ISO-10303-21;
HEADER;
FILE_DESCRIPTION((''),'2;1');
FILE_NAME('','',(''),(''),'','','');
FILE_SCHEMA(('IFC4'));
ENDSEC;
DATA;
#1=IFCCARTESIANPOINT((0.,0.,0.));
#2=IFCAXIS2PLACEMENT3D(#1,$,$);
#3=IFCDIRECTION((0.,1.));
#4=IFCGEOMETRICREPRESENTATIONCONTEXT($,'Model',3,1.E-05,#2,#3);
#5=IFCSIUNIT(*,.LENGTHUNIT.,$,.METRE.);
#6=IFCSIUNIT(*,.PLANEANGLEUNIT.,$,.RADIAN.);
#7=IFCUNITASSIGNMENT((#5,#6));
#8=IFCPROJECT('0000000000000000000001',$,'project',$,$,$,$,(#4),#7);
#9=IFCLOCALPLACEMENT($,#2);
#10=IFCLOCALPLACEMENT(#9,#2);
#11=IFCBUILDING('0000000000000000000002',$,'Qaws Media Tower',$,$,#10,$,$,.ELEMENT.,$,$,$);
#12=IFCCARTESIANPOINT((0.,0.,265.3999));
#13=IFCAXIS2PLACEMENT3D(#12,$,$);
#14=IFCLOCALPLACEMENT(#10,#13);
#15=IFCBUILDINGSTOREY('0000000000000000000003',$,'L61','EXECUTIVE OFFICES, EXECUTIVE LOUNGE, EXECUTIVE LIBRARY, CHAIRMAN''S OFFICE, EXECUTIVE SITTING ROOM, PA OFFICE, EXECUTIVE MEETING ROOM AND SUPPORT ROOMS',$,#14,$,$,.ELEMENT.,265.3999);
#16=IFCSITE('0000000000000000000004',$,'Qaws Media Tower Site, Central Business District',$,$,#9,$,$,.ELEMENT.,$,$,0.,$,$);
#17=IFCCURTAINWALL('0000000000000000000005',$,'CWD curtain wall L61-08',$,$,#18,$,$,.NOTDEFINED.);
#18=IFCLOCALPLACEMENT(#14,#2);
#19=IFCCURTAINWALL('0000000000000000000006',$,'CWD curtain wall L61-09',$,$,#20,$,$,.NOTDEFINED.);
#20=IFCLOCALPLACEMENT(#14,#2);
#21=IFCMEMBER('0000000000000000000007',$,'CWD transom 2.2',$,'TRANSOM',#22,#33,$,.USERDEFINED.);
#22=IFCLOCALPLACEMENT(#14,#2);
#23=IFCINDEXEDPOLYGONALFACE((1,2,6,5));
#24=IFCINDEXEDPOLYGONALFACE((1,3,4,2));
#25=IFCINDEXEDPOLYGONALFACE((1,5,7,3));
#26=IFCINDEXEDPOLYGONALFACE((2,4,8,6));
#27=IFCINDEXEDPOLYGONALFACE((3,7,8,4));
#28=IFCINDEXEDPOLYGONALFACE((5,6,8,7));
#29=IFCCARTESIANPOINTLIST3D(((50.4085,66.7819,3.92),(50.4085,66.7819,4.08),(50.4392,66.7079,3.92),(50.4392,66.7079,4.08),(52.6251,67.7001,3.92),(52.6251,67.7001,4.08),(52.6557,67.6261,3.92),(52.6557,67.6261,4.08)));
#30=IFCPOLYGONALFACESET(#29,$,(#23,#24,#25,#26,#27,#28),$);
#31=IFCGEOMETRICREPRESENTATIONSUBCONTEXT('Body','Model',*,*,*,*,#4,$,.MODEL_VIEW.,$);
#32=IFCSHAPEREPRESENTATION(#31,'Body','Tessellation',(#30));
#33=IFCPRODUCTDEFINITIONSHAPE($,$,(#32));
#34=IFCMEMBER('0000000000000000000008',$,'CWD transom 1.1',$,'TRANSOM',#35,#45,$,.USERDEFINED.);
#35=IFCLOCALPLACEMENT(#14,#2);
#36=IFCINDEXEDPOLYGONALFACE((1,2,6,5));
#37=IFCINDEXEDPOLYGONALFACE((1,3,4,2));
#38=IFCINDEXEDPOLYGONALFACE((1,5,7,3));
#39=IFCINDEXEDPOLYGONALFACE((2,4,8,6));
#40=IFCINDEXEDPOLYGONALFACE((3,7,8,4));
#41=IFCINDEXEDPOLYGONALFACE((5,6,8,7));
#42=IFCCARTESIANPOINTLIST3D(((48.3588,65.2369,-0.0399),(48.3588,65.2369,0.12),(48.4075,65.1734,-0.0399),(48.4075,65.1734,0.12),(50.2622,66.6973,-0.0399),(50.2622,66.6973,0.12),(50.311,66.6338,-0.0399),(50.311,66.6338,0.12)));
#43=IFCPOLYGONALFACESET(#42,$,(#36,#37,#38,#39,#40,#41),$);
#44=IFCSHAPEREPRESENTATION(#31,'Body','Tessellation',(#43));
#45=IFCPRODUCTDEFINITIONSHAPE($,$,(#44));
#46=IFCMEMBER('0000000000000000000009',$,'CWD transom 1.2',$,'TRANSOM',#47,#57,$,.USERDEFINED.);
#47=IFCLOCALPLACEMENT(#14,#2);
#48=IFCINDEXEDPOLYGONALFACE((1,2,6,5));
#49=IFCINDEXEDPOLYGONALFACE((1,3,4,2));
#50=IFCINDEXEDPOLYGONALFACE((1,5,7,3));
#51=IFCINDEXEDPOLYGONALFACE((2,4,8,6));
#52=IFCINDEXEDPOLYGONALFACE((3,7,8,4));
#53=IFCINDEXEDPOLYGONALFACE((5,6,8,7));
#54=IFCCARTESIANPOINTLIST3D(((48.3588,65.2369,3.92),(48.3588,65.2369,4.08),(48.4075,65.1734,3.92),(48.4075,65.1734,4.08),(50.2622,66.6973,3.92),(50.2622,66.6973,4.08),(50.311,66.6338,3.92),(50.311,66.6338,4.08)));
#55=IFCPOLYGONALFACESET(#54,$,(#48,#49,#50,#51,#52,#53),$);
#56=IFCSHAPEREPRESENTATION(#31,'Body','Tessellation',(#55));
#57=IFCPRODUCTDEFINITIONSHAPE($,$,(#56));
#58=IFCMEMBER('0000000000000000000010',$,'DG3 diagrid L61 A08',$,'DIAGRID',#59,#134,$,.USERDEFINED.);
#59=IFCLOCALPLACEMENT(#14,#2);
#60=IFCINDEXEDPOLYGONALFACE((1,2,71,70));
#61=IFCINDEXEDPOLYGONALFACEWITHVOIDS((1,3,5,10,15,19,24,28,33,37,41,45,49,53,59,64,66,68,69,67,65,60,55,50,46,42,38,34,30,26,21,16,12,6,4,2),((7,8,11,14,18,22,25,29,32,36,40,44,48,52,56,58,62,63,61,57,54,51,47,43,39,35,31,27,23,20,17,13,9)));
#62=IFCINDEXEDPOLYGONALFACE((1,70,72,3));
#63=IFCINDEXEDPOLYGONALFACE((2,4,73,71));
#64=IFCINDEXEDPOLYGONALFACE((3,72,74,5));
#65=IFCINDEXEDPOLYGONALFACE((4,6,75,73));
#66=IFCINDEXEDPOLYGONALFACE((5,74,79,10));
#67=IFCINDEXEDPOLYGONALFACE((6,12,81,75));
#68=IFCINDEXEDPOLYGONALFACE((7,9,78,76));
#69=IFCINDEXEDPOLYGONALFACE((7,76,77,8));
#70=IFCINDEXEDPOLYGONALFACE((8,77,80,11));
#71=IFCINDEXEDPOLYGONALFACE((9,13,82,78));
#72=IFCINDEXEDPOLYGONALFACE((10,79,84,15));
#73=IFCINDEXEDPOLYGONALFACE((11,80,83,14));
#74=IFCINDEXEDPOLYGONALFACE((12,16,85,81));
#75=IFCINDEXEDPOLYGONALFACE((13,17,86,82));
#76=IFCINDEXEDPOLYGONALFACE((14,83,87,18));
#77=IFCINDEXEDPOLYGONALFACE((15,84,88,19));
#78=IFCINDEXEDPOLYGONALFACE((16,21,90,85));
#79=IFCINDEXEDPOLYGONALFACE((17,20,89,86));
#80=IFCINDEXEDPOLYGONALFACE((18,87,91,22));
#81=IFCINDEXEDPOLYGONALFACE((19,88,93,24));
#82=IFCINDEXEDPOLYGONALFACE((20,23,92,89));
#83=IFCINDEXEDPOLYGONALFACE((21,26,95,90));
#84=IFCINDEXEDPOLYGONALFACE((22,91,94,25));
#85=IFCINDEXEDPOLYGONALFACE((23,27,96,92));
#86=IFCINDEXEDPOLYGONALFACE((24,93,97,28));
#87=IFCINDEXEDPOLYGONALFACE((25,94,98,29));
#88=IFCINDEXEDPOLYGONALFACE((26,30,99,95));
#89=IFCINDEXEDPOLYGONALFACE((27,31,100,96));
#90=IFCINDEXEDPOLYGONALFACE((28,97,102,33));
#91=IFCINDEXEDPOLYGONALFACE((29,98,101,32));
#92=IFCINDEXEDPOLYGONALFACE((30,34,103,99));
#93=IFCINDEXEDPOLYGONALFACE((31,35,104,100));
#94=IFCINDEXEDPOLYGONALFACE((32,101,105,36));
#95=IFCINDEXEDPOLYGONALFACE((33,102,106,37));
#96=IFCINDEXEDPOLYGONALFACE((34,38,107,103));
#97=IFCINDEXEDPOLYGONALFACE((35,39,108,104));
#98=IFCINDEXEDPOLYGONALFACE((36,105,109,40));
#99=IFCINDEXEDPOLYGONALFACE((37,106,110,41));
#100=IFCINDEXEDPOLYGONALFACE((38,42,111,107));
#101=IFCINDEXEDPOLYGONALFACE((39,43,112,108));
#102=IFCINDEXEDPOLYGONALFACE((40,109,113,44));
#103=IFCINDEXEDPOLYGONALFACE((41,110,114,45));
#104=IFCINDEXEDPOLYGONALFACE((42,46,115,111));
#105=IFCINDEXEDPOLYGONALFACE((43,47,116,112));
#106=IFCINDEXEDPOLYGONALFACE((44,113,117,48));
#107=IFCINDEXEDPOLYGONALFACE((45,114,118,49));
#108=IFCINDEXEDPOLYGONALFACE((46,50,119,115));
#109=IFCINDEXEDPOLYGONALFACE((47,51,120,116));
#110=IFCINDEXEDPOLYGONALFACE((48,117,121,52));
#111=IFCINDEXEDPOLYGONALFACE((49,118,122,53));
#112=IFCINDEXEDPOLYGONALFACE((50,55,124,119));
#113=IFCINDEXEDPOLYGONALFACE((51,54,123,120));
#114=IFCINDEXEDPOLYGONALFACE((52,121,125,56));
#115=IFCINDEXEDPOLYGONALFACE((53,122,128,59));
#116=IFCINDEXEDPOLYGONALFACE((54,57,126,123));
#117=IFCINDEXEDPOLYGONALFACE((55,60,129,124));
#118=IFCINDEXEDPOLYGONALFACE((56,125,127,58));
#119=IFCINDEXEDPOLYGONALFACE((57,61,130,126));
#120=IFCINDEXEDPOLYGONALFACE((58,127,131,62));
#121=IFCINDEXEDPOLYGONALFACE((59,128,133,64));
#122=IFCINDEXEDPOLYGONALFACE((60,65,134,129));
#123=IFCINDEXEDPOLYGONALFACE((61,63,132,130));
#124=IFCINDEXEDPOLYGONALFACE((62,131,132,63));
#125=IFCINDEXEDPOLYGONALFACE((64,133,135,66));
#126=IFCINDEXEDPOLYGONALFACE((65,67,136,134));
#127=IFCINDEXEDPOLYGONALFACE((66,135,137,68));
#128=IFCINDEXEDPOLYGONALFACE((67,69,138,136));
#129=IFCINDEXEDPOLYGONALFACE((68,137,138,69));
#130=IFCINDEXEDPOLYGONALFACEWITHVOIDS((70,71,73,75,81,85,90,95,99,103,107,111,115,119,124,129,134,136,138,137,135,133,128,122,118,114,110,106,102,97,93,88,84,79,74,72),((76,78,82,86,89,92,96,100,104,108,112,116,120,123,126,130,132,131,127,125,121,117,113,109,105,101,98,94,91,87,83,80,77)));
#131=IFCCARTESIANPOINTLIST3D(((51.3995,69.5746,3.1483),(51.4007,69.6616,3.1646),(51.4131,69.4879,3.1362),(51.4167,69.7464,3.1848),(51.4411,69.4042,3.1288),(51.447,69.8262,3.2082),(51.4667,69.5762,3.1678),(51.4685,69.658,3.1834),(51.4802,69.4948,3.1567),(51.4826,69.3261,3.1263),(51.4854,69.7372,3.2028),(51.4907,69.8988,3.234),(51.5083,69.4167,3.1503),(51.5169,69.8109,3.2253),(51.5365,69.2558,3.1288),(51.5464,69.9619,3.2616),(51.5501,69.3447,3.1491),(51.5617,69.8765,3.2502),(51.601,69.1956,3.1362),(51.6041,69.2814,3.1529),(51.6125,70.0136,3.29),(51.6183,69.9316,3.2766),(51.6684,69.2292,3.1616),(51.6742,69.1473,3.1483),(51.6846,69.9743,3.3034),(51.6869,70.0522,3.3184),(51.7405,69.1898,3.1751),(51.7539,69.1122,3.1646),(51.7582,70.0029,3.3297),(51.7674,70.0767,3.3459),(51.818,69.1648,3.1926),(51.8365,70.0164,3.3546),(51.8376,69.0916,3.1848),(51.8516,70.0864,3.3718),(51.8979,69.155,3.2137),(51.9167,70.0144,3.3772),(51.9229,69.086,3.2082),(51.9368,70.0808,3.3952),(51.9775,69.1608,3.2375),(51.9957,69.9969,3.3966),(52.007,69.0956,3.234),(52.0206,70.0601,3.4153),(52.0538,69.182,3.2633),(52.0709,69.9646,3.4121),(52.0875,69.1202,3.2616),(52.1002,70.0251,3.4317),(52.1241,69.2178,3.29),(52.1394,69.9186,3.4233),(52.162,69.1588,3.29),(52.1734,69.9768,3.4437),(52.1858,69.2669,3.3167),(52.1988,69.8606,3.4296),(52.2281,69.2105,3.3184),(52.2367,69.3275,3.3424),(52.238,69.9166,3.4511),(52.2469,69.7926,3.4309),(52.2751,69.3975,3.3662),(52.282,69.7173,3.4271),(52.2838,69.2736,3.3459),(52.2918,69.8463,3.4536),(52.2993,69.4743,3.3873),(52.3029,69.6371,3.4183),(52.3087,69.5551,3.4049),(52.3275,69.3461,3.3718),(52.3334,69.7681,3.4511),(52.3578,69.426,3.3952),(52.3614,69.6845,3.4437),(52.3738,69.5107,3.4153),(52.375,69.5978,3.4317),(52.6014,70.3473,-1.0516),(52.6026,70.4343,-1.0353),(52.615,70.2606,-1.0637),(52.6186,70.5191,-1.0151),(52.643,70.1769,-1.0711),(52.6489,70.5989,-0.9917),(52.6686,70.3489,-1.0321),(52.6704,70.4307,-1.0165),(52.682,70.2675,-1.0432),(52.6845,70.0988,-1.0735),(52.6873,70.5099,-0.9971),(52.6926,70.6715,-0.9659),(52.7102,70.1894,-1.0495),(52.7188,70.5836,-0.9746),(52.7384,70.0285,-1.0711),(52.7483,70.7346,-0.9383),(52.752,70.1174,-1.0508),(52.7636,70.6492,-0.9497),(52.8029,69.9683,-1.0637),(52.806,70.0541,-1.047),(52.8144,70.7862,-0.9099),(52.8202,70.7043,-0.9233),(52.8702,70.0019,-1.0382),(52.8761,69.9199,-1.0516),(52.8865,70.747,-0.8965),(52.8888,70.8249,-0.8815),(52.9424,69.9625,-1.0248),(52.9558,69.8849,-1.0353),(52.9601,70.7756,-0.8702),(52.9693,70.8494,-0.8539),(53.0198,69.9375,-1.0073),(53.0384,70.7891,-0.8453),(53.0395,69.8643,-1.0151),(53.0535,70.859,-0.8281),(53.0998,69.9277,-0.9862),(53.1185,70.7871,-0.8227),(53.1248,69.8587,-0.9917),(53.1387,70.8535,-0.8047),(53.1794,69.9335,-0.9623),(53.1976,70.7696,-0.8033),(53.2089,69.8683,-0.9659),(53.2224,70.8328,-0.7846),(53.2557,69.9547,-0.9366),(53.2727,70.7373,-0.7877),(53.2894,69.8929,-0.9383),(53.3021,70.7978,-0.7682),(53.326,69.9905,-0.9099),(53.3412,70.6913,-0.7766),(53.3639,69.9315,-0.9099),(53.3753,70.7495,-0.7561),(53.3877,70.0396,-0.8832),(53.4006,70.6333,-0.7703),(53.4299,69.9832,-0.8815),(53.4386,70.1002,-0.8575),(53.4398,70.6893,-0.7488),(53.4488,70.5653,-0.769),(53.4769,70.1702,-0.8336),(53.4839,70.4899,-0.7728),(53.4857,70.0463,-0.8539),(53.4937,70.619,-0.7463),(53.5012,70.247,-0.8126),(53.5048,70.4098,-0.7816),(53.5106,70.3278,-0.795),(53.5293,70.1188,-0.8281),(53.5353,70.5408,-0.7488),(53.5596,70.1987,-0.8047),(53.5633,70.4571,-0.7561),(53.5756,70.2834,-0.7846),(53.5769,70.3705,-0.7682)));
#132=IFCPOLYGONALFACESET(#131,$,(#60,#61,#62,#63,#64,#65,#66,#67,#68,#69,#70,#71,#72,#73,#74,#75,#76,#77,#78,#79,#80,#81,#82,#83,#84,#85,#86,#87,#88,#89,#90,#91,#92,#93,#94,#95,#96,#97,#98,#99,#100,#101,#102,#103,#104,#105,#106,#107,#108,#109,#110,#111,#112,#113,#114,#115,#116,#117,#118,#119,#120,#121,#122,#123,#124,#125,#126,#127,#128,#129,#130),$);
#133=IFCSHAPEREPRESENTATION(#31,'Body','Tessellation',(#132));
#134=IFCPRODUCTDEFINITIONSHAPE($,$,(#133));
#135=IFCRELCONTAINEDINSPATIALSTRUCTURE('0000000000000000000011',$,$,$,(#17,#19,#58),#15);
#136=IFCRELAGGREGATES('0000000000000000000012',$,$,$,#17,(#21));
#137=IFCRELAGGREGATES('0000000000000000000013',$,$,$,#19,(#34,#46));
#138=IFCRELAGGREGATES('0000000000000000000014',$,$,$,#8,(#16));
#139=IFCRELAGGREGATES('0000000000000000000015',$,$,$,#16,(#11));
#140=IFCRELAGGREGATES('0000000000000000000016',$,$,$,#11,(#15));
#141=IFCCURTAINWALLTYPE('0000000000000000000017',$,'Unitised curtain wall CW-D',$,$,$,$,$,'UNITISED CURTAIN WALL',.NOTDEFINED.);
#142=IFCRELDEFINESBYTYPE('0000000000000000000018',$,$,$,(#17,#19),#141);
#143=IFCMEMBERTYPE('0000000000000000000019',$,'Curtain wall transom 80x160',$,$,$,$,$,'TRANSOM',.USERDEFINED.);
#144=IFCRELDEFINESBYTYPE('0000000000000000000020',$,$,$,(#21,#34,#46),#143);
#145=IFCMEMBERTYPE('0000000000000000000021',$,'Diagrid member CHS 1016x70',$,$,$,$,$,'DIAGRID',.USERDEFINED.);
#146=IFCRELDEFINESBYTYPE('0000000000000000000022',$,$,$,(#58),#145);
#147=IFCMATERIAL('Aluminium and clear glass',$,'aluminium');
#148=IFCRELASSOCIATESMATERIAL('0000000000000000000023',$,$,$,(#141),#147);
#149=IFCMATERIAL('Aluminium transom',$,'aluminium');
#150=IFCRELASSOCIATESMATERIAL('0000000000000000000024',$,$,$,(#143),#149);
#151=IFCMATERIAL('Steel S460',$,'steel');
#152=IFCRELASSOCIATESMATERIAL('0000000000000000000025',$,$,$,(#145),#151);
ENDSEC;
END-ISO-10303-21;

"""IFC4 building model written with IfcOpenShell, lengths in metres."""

from ifc_helpers import new_model, si_unit, direction, frame, origin, origin_2d, place, context, subcontext, project, spatial, rectangle, hollow_circle, extrude, material, material_profile, profile_set, type_object, element, aggregate, save


model = new_model("IFC4")

# Units and contexts
model_context = context("Model", 3, precision=1e-05, world=origin(), true_north=direction((0.0, 1.0)))
body_context = subcontext(model_context, "Body", "Model", "MODEL_VIEW")
ifc_project = project(units=[si_unit("LENGTHUNIT", "METRE"), si_unit("PLANEANGLEUNIT", "RADIAN")], contexts=[model_context])

# Site, building, storey
site_placement = place(None, origin())
site = spatial("IfcSite", under=ifc_project, at=site_placement, Name="Qaws Media Tower Site, Central Business District", CompositionType="ELEMENT", RefElevation=0.0)
building_placement = place(site_placement, origin())
building = spatial("IfcBuilding", under=site, at=building_placement, Name="Qaws Media Tower", CompositionType="ELEMENT")
storey_placement = place(building_placement, frame((0.0, 0.0, 265.3999)))
storey = spatial("IfcBuildingStorey", under=building, at=storey_placement, Name="L61", Description="EXECUTIVE OFFICES, EXECUTIVE LOUNGE, EXECUTIVE LIBRARY, CHAIRMAN'S OFFICE, EXECUTIVE SITTING ROOM, PA OFFICE, EXECUTIVE MEETING ROOM AND SUPPORT ROOMS", CompositionType="ELEMENT", Elevation=265.3999)

# Curtain walls
ifc_material_1 = material(Name="Aluminium and clear glass", Category="aluminium")
curtain_wall_type = type_object("IfcCurtainWallType", Name="Unitised curtain wall CW-D", ElementType="UNITISED CURTAIN WALL", PredefinedType="NOTDEFINED", material=ifc_material_1)
curtain_wall_1_placement = place(storey_placement, origin())
curtain_wall_1 = element("IfcCurtainWall", 1, at=curtain_wall_1_placement, inside=storey, type_object=curtain_wall_type, Name="CWD curtain wall L61-08", PredefinedType="NOTDEFINED")
curtain_wall_2_placement = place(storey_placement, origin())
curtain_wall_2 = element("IfcCurtainWall", 2, at=curtain_wall_2_placement, inside=storey, type_object=curtain_wall_type, Name="CWD curtain wall L61-09", PredefinedType="NOTDEFINED")

# Members
ifc_material_2 = material(Name="Aluminium transom", Category="aluminium")
ifc_material_profile_1 = material_profile(ifc_material_2, rectangle(XDim=0.0801, YDim=0.1599, at=origin_2d()), Name="80x160")
ifc_profile_set_1 = profile_set([ifc_material_profile_1], Name="Aluminium transom")
member_type_1 = type_object("IfcMemberType", Name="Curtain wall transom 80x160", ElementType="TRANSOM", PredefinedType="USERDEFINED", material=ifc_profile_set_1)
member_1_placement = place(storey_placement, frame((52.6404, 67.6631, 4.0), z_axis=(-0.923867, -0.382714, 0.0), x_axis=(0.382714, -0.923867, 0.0)))
member_1 = element("IfcMember", 3, at=member_1_placement, type_object=member_type_1, Name="CWD transom 2.2", ObjectType="TRANSOM", PredefinedType="USERDEFINED", context=body_context, shape_type="SweptSolid", body=[
    extrude(rectangle(XDim=0.0801, YDim=0.1599, at=origin_2d()), origin(), (0.0, 0.0, 1.0), 2.3992),
])
member_2_placement = place(storey_placement, frame((50.2866, 66.6655, 0.04), z_axis=(-0.793395, -0.608707, 0.0), x_axis=(0.608707, -0.793395, 0.0)))
member_2 = element("IfcMember", 4, at=member_2_placement, type_object=member_type_1, Name="CWD transom 1.1", ObjectType="TRANSOM", PredefinedType="USERDEFINED", context=body_context, shape_type="SweptSolid", body=[
    extrude(rectangle(XDim=0.0801, YDim=0.1599, at=origin_2d()), origin(), (0.0, 0.0, 1.0), 2.3992),
])
member_3_placement = place(storey_placement, frame((50.2866, 66.6655, 4.0), z_axis=(-0.793395, -0.608707, 0.0), x_axis=(0.608707, -0.793395, 0.0)))
member_3 = element("IfcMember", 5, at=member_3_placement, type_object=member_type_1, Name="CWD transom 1.2", ObjectType="TRANSOM", PredefinedType="USERDEFINED", context=body_context, shape_type="SweptSolid", body=[
    extrude(rectangle(XDim=0.0801, YDim=0.1599, at=origin_2d()), origin(), (0.0, 0.0, 1.0), 2.3992),
])

# Member
ifc_material_3 = material(Name="Steel S460", Category="steel")
ifc_material_profile_2 = material_profile(ifc_material_3, hollow_circle(Radius=0.5081, WallThickness=0.0701, at=origin_2d()), Name="CHS 1016x70")
ifc_profile_set_2 = profile_set([ifc_material_profile_2], Name="Steel S460")
member_type_2 = type_object("IfcMemberType", Name="Diagrid member CHS 1016x70", ElementType="DIAGRID", PredefinedType="USERDEFINED", material=ifc_profile_set_2)
for number, where, z_axis, x_axis, name in (
    (6, (53.0891, 70.3589, -0.9099), (-0.270922, -0.174176, 0.946712), (0.540783, -0.841162, 0.0), "DG3 diagrid L61 A08"),
):
    element("IfcMember", number, at=place(storey_placement, frame(where, z_axis=z_axis, x_axis=x_axis)), inside=storey, type_object=member_type_2, Name=name, ObjectType="DIAGRID", PredefinedType="USERDEFINED", context=body_context, shape_type="SweptSolid", body=[
        extrude(hollow_circle(Radius=0.5081, WallThickness=0.0701, at=origin_2d()), origin(), (0.0, 0.0, 1.0), 4.4363),
    ])

aggregate(curtain_wall_1, [member_1])
aggregate(curtain_wall_2, [member_2, member_3])

save(model, "model.ifc")
